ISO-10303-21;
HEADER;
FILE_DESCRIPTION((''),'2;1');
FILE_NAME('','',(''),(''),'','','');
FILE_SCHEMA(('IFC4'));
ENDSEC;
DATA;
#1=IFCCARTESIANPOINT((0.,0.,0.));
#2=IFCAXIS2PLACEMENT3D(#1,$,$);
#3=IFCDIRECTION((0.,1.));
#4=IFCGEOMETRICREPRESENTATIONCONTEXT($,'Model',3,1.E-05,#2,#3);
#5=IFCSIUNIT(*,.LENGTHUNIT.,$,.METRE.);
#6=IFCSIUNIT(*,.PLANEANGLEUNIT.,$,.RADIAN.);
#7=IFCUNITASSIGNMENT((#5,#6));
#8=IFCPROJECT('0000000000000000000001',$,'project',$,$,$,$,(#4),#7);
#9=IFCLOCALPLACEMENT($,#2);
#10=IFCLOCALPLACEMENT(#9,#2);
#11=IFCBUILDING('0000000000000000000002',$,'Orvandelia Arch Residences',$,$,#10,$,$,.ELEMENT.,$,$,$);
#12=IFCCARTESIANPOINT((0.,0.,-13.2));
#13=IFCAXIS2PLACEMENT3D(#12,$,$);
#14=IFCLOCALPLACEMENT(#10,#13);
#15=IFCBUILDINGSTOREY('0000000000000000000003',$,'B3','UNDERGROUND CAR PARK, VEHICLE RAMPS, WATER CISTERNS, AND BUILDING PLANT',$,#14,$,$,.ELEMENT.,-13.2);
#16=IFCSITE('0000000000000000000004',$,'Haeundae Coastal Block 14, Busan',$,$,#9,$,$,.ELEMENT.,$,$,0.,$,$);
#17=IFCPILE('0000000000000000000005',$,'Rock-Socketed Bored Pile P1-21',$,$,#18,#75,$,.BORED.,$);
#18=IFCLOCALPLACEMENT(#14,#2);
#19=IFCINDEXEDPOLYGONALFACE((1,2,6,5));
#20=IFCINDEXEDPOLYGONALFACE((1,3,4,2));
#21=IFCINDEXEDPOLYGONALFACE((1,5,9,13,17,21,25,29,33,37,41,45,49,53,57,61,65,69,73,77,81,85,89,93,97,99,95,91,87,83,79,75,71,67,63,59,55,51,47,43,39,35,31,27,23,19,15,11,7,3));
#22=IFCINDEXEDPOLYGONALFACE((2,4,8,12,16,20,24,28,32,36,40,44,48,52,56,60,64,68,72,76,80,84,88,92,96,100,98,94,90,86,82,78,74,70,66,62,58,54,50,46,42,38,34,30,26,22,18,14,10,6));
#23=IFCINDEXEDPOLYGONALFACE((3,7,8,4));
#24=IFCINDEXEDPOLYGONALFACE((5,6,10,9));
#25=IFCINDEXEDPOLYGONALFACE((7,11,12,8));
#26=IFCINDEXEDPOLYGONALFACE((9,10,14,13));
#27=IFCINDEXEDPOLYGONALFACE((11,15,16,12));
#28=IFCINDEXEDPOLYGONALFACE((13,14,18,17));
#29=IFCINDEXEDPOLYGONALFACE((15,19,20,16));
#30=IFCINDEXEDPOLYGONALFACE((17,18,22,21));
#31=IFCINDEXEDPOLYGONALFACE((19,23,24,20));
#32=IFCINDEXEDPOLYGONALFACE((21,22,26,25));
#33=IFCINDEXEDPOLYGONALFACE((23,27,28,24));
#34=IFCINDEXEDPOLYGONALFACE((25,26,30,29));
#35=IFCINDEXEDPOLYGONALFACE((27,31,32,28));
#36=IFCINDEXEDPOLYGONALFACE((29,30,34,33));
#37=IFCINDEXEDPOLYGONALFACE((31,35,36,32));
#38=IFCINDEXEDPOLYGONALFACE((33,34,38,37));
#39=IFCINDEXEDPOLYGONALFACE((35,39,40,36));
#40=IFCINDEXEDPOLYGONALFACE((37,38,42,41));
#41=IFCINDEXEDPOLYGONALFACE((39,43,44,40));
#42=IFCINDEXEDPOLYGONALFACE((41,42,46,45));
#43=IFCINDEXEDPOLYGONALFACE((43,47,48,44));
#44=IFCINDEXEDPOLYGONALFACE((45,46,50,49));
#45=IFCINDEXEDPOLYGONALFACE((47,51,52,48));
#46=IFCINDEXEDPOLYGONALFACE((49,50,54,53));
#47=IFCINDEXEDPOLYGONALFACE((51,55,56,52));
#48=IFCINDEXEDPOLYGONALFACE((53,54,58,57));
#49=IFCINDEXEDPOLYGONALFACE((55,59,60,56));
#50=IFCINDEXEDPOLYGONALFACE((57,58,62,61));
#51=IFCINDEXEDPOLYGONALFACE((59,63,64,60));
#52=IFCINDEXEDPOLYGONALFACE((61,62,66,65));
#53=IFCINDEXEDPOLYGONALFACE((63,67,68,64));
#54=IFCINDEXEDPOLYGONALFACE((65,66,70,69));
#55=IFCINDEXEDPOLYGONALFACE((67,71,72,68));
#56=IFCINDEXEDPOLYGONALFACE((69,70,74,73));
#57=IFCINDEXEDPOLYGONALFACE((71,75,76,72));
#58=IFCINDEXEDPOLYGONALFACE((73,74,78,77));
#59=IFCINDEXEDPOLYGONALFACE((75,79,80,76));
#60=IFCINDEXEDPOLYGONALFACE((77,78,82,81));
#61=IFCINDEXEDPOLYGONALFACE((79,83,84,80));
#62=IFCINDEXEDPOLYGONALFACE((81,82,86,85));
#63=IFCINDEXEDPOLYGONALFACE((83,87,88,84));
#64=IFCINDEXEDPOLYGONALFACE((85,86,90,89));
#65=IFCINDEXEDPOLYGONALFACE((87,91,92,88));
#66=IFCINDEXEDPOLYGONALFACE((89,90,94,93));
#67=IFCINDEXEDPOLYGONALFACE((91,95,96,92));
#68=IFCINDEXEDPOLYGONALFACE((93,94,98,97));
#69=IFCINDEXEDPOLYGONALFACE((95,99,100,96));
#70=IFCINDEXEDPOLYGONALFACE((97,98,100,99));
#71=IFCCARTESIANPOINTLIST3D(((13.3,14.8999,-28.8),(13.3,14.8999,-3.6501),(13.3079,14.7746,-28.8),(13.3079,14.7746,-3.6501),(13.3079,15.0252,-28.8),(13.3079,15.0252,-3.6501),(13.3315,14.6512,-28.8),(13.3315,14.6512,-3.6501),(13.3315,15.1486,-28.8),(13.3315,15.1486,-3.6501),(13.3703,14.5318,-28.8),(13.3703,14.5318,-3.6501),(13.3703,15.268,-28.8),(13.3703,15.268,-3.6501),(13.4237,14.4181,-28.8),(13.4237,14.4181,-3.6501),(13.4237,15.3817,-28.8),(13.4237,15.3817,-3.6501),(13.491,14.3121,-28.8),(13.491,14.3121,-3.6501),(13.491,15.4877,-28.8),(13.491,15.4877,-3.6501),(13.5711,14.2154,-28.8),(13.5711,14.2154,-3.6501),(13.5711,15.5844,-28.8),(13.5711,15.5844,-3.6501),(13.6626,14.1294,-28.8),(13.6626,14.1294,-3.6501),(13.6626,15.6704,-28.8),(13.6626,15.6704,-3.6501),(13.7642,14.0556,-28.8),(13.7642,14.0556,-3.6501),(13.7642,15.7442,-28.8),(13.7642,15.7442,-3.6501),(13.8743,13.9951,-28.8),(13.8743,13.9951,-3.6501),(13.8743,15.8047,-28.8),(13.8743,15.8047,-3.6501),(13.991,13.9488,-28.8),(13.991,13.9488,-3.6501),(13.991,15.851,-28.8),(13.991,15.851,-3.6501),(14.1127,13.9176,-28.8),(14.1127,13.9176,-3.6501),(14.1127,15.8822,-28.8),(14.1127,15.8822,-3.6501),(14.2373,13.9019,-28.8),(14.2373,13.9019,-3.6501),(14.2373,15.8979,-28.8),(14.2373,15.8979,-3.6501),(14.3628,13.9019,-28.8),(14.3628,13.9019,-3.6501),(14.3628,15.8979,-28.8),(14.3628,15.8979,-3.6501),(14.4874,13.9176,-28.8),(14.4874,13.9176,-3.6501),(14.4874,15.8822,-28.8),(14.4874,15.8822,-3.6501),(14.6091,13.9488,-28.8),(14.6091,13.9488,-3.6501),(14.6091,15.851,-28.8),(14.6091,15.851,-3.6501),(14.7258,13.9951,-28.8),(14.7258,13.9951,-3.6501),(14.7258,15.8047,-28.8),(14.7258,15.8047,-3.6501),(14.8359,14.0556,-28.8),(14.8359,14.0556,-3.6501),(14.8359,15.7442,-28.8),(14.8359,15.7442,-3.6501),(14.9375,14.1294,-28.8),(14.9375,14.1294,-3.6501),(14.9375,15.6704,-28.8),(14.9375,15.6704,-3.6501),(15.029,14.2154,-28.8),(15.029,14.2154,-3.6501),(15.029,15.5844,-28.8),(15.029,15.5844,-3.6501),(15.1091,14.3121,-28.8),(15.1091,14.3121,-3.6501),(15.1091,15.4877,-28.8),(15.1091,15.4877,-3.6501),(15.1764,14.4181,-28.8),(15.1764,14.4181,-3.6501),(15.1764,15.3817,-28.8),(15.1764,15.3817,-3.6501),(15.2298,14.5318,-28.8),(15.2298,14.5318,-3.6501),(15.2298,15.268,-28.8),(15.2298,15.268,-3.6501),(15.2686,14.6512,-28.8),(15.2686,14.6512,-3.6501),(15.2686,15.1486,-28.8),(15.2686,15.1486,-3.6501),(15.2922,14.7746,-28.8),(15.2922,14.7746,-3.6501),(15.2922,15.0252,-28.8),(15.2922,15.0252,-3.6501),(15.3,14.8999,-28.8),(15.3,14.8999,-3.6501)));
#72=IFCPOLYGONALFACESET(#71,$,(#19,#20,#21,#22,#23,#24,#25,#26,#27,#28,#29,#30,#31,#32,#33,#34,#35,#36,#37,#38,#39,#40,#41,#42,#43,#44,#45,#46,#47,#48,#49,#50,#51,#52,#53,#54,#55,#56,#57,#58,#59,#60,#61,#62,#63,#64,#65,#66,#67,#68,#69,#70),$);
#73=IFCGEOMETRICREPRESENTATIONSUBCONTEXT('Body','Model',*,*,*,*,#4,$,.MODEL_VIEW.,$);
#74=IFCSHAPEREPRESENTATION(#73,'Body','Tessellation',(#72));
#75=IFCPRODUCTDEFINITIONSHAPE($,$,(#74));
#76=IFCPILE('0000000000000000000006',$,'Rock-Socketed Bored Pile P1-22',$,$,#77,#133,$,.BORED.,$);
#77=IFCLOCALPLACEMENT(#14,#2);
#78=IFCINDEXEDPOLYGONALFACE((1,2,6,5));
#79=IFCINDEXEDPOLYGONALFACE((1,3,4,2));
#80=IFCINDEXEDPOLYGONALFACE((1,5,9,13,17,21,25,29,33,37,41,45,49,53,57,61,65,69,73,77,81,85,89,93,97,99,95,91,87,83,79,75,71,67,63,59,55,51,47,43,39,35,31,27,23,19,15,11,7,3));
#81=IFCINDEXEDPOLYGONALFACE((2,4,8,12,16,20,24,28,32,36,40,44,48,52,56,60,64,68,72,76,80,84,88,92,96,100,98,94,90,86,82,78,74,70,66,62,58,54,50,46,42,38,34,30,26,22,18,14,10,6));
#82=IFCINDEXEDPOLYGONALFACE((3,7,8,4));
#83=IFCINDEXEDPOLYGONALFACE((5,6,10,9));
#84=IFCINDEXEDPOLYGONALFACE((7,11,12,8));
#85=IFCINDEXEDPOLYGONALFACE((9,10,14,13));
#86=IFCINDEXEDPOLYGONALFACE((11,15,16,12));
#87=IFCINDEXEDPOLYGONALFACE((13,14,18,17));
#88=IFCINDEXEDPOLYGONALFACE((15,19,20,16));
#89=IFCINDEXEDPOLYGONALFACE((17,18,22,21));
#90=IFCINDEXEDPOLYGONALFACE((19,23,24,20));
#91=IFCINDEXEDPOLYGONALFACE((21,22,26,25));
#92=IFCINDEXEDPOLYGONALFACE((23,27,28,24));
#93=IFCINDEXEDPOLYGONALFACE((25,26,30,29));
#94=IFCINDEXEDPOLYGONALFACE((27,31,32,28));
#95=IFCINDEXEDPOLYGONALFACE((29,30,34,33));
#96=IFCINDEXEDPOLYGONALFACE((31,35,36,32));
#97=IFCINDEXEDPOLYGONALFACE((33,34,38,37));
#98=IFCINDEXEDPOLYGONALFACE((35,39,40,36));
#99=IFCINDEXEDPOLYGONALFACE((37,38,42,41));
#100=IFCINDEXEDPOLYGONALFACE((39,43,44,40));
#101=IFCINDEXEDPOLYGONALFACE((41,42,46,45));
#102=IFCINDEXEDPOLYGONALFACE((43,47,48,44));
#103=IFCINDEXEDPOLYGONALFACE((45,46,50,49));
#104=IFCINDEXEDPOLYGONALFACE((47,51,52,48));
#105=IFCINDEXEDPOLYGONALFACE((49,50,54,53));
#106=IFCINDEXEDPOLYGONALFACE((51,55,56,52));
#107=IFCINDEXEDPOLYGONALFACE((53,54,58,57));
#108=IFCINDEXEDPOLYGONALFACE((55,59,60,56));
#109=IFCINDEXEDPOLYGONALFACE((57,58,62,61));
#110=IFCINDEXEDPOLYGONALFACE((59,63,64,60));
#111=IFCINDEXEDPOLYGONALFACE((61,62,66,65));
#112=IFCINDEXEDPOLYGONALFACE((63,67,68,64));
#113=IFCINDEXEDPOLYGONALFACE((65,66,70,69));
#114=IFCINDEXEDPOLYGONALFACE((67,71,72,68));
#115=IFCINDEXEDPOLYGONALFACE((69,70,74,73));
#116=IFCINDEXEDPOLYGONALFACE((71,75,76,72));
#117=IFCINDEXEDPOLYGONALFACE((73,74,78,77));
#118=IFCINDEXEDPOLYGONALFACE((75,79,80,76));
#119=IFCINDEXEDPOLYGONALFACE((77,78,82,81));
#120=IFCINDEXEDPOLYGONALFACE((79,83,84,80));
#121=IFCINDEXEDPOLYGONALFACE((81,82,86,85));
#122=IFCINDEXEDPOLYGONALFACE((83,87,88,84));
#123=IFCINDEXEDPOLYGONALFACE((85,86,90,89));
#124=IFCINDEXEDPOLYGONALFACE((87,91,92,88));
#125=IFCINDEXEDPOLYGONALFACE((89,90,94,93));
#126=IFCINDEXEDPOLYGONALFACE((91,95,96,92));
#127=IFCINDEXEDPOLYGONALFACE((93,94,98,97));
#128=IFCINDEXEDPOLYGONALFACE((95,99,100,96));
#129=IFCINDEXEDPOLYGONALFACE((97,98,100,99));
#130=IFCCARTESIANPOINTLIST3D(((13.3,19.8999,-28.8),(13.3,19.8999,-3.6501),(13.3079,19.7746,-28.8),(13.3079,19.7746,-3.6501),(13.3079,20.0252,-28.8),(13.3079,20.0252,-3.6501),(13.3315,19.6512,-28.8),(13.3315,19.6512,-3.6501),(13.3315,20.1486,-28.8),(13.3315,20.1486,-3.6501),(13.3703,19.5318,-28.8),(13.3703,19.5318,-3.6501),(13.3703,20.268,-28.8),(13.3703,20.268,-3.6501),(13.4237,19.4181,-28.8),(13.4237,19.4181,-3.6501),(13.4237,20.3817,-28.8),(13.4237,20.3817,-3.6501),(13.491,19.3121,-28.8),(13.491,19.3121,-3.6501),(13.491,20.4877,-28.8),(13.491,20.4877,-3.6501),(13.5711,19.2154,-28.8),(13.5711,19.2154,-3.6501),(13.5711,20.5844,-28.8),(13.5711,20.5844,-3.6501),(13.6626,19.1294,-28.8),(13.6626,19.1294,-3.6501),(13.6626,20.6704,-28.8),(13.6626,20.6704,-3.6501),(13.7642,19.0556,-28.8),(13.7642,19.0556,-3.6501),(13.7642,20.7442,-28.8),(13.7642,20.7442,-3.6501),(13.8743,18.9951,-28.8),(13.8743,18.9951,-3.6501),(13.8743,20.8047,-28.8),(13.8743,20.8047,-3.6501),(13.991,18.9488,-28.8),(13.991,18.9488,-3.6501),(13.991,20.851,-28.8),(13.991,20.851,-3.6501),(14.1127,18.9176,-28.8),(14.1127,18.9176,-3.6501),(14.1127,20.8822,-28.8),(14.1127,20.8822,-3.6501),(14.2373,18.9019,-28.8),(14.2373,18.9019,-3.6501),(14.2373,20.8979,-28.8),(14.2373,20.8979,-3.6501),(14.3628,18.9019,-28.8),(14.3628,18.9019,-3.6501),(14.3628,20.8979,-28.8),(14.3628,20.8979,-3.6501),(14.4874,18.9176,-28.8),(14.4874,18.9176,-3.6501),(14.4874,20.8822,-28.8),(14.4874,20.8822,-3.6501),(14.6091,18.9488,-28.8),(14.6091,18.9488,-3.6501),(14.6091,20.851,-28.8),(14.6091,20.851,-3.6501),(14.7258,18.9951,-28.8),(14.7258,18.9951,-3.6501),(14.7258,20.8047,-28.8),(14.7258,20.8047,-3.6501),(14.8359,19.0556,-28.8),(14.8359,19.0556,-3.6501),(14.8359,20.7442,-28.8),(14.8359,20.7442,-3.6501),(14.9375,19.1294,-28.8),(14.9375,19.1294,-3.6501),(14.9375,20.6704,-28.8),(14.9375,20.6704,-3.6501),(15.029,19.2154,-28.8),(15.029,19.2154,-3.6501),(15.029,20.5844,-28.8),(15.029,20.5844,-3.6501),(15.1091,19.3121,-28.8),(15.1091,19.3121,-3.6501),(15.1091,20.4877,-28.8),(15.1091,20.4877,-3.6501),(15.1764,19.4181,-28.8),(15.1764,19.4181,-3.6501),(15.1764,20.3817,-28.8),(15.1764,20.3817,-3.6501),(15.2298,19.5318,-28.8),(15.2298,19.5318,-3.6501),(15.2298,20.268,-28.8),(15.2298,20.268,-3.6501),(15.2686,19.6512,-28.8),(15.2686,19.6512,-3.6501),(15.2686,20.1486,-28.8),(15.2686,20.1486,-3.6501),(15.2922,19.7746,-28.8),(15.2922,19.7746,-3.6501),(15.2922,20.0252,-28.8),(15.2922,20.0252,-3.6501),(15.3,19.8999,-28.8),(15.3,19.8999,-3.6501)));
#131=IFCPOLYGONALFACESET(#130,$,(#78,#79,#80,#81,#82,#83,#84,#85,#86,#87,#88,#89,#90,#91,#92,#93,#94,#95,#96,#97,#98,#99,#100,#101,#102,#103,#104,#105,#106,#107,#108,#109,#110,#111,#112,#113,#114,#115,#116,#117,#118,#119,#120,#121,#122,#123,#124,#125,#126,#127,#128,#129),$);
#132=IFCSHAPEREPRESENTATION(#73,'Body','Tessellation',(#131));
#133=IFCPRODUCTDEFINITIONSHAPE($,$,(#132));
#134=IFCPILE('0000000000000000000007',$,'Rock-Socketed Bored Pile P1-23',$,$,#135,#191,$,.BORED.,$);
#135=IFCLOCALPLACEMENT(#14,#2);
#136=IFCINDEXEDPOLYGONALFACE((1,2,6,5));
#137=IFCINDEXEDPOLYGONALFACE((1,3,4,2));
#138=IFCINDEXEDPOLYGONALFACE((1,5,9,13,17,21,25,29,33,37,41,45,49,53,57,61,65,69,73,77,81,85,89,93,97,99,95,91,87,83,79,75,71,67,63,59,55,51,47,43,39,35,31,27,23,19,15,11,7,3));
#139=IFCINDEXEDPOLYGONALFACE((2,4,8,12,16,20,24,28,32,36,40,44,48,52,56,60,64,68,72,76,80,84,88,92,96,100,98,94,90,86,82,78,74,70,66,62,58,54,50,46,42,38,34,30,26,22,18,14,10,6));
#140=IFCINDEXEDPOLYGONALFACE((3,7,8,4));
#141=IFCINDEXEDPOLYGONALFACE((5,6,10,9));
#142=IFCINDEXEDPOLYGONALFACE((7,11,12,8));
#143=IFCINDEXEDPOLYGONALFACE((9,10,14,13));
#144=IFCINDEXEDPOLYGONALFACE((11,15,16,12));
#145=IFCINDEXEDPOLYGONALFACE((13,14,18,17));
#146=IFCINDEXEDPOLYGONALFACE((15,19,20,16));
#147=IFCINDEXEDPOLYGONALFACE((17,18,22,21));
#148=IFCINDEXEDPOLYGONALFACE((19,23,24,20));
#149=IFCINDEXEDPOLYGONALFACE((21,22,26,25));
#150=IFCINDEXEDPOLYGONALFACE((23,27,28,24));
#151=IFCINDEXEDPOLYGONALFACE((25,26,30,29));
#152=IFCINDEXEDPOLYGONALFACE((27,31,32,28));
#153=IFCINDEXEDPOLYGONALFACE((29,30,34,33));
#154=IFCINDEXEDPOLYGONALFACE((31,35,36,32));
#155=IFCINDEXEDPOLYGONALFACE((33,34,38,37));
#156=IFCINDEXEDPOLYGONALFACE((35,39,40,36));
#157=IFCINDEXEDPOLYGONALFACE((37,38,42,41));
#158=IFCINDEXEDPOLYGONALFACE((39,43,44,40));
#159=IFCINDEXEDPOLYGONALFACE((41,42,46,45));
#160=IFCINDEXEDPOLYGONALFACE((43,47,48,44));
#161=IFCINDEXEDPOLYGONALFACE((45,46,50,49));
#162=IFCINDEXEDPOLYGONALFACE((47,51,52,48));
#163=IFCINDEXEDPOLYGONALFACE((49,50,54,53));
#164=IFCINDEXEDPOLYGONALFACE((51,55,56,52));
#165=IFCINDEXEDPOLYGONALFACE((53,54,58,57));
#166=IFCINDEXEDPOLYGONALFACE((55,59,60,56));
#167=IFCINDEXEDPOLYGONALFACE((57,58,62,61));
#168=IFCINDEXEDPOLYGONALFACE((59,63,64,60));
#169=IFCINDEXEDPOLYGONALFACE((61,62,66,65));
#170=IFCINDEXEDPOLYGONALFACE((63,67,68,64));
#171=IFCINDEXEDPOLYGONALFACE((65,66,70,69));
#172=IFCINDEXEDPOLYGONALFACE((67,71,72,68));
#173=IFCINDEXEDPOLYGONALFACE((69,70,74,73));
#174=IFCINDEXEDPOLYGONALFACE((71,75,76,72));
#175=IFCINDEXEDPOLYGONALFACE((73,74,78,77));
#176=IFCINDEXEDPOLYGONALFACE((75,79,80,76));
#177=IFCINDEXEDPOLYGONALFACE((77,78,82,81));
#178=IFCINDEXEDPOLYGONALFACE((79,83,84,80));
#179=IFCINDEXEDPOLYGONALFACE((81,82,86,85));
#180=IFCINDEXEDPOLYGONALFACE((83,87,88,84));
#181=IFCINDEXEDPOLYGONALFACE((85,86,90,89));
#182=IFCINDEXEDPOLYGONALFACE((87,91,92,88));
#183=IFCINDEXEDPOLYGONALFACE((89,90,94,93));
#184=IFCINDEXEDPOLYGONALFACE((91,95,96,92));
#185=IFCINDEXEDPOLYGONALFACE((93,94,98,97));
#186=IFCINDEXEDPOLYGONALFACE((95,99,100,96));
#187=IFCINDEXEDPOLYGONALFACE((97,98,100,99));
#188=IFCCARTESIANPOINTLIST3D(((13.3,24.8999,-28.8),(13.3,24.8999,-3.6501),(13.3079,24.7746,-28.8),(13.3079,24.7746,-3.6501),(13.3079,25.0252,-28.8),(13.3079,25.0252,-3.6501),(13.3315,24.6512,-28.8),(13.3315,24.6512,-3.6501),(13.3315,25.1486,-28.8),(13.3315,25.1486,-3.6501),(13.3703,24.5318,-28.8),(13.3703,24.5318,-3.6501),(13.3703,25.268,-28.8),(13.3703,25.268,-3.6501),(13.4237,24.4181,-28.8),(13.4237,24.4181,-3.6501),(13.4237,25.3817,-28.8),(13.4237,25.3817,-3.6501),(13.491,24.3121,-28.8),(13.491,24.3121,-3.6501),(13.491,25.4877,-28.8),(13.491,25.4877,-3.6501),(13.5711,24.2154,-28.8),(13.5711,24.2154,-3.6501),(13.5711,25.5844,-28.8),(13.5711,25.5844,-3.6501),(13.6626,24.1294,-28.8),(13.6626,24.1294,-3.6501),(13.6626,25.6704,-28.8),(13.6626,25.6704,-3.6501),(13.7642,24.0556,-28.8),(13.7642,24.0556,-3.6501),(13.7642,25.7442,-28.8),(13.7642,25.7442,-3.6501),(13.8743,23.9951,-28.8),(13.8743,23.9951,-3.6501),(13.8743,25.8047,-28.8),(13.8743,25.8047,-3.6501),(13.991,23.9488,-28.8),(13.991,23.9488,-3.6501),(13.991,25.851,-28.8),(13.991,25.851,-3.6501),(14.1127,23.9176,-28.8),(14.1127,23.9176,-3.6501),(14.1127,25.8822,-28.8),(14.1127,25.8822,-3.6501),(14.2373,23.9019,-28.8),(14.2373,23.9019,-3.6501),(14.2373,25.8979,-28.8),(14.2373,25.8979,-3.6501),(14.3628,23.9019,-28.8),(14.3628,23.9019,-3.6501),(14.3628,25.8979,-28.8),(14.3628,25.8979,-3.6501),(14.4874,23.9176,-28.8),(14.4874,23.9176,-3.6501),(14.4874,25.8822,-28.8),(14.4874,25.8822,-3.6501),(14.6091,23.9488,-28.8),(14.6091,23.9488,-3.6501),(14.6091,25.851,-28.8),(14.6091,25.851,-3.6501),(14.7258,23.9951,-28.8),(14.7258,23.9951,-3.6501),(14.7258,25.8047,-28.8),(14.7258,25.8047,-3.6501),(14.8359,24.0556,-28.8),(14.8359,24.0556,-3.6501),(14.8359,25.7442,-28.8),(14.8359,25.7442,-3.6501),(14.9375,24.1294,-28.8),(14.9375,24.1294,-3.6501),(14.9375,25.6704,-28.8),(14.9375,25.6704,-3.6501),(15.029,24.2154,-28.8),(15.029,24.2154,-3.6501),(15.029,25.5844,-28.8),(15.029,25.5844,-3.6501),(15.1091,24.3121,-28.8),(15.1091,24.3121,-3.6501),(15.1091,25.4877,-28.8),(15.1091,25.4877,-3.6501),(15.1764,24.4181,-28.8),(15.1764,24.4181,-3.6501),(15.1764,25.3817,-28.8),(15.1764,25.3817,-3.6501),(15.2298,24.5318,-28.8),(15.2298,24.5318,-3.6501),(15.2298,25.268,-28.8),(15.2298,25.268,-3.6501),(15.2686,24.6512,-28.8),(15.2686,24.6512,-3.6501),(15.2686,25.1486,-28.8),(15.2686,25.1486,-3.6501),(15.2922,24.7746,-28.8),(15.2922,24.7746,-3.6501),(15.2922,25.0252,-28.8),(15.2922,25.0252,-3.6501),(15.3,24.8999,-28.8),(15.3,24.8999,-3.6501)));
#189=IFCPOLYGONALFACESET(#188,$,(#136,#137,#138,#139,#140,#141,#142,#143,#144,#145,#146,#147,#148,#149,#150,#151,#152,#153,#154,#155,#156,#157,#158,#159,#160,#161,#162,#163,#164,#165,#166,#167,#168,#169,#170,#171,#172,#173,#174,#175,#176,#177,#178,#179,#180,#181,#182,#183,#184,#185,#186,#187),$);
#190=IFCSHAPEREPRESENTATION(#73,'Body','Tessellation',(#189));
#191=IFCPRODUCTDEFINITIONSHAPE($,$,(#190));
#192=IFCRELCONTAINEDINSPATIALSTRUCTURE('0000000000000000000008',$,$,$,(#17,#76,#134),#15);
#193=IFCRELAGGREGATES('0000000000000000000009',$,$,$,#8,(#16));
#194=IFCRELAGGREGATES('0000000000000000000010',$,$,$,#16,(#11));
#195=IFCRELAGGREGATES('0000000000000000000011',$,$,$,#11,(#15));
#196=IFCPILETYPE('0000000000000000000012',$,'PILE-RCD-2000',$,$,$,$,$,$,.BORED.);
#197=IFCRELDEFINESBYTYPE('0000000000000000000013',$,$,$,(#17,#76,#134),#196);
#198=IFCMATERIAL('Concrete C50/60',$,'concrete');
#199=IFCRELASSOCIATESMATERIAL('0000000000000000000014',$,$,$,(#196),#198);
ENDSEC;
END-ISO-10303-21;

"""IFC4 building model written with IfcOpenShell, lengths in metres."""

from ifc_helpers import new_model, si_unit, direction, frame, origin, origin_2d, place, context, subcontext, project, spatial, circle, extrude, material, material_profile, profile_set, type_object, element, save


model = new_model("IFC4")

# Units and contexts
model_context = context("Model", 3, precision=1e-05, world=origin(), true_north=direction((0.0, 1.0)))
body_context = subcontext(model_context, "Body", "Model", "MODEL_VIEW")
ifc_project = project(units=[si_unit("LENGTHUNIT", "METRE"), si_unit("PLANEANGLEUNIT", "RADIAN")], contexts=[model_context])

# Site, building, storey
site_placement = place(None, origin())
site = spatial("IfcSite", under=ifc_project, at=site_placement, Name="Haeundae Coastal Block 14, Busan", CompositionType="ELEMENT", RefElevation=0.0)
building_placement = place(site_placement, origin())
building = spatial("IfcBuilding", under=site, at=building_placement, Name="Orvandelia Arch Residences", CompositionType="ELEMENT")
storey_placement = place(building_placement, frame((0.0, 0.0, -13.2)))
storey = spatial("IfcBuildingStorey", under=building, at=storey_placement, Name="B3", Description="UNDERGROUND CAR PARK, VEHICLE RAMPS, WATER CISTERNS, AND BUILDING PLANT", CompositionType="ELEMENT", Elevation=-13.2)

# Shared definitions
ifc_material_1 = material(Name="Concrete C50/60", Category="concrete")

# Piles
ifc_material_profile_1 = material_profile(ifc_material_1, circle(Radius=1.0, at=origin_2d()), Name="Concrete C50/60", Category="concrete")
ifc_profile_set_1 = profile_set([ifc_material_profile_1], Name="Concrete C50/60")
pile_type_1 = type_object("IfcPileType", Name="PILE-RCD-2000", PredefinedType="BORED", material=ifc_profile_set_1)
for number, where, z_axis, x_axis, name in (
    (1, (14.3, 14.8999, -3.6501), (0.0, 0.0, -1.0), (1.0, 0.0, 0.0), "Rock-Socketed Bored Pile P1-21"),
    (2, (14.3, 19.8999, -3.6501), (0.0, 0.0, -1.0), (1.0, 0.0, 0.0), "Rock-Socketed Bored Pile P1-22"),
    (3, (14.3, 24.8999, -3.6501), (0.0, 0.0, -1.0), (1.0, 0.0, 0.0), "Rock-Socketed Bored Pile P1-23"),
):
    element("IfcPile", number, at=place(storey_placement, frame(where, z_axis=z_axis, x_axis=x_axis)), inside=storey, type_object=pile_type_1, Name=name, PredefinedType="BORED", context=body_context, shape_type="SweptSolid", body=[
        extrude(circle(Radius=1.0, at=origin_2d()), origin(), (0.0, 0.0, 1.0), 25.1499),
    ])

save(model, "model.ifc")
